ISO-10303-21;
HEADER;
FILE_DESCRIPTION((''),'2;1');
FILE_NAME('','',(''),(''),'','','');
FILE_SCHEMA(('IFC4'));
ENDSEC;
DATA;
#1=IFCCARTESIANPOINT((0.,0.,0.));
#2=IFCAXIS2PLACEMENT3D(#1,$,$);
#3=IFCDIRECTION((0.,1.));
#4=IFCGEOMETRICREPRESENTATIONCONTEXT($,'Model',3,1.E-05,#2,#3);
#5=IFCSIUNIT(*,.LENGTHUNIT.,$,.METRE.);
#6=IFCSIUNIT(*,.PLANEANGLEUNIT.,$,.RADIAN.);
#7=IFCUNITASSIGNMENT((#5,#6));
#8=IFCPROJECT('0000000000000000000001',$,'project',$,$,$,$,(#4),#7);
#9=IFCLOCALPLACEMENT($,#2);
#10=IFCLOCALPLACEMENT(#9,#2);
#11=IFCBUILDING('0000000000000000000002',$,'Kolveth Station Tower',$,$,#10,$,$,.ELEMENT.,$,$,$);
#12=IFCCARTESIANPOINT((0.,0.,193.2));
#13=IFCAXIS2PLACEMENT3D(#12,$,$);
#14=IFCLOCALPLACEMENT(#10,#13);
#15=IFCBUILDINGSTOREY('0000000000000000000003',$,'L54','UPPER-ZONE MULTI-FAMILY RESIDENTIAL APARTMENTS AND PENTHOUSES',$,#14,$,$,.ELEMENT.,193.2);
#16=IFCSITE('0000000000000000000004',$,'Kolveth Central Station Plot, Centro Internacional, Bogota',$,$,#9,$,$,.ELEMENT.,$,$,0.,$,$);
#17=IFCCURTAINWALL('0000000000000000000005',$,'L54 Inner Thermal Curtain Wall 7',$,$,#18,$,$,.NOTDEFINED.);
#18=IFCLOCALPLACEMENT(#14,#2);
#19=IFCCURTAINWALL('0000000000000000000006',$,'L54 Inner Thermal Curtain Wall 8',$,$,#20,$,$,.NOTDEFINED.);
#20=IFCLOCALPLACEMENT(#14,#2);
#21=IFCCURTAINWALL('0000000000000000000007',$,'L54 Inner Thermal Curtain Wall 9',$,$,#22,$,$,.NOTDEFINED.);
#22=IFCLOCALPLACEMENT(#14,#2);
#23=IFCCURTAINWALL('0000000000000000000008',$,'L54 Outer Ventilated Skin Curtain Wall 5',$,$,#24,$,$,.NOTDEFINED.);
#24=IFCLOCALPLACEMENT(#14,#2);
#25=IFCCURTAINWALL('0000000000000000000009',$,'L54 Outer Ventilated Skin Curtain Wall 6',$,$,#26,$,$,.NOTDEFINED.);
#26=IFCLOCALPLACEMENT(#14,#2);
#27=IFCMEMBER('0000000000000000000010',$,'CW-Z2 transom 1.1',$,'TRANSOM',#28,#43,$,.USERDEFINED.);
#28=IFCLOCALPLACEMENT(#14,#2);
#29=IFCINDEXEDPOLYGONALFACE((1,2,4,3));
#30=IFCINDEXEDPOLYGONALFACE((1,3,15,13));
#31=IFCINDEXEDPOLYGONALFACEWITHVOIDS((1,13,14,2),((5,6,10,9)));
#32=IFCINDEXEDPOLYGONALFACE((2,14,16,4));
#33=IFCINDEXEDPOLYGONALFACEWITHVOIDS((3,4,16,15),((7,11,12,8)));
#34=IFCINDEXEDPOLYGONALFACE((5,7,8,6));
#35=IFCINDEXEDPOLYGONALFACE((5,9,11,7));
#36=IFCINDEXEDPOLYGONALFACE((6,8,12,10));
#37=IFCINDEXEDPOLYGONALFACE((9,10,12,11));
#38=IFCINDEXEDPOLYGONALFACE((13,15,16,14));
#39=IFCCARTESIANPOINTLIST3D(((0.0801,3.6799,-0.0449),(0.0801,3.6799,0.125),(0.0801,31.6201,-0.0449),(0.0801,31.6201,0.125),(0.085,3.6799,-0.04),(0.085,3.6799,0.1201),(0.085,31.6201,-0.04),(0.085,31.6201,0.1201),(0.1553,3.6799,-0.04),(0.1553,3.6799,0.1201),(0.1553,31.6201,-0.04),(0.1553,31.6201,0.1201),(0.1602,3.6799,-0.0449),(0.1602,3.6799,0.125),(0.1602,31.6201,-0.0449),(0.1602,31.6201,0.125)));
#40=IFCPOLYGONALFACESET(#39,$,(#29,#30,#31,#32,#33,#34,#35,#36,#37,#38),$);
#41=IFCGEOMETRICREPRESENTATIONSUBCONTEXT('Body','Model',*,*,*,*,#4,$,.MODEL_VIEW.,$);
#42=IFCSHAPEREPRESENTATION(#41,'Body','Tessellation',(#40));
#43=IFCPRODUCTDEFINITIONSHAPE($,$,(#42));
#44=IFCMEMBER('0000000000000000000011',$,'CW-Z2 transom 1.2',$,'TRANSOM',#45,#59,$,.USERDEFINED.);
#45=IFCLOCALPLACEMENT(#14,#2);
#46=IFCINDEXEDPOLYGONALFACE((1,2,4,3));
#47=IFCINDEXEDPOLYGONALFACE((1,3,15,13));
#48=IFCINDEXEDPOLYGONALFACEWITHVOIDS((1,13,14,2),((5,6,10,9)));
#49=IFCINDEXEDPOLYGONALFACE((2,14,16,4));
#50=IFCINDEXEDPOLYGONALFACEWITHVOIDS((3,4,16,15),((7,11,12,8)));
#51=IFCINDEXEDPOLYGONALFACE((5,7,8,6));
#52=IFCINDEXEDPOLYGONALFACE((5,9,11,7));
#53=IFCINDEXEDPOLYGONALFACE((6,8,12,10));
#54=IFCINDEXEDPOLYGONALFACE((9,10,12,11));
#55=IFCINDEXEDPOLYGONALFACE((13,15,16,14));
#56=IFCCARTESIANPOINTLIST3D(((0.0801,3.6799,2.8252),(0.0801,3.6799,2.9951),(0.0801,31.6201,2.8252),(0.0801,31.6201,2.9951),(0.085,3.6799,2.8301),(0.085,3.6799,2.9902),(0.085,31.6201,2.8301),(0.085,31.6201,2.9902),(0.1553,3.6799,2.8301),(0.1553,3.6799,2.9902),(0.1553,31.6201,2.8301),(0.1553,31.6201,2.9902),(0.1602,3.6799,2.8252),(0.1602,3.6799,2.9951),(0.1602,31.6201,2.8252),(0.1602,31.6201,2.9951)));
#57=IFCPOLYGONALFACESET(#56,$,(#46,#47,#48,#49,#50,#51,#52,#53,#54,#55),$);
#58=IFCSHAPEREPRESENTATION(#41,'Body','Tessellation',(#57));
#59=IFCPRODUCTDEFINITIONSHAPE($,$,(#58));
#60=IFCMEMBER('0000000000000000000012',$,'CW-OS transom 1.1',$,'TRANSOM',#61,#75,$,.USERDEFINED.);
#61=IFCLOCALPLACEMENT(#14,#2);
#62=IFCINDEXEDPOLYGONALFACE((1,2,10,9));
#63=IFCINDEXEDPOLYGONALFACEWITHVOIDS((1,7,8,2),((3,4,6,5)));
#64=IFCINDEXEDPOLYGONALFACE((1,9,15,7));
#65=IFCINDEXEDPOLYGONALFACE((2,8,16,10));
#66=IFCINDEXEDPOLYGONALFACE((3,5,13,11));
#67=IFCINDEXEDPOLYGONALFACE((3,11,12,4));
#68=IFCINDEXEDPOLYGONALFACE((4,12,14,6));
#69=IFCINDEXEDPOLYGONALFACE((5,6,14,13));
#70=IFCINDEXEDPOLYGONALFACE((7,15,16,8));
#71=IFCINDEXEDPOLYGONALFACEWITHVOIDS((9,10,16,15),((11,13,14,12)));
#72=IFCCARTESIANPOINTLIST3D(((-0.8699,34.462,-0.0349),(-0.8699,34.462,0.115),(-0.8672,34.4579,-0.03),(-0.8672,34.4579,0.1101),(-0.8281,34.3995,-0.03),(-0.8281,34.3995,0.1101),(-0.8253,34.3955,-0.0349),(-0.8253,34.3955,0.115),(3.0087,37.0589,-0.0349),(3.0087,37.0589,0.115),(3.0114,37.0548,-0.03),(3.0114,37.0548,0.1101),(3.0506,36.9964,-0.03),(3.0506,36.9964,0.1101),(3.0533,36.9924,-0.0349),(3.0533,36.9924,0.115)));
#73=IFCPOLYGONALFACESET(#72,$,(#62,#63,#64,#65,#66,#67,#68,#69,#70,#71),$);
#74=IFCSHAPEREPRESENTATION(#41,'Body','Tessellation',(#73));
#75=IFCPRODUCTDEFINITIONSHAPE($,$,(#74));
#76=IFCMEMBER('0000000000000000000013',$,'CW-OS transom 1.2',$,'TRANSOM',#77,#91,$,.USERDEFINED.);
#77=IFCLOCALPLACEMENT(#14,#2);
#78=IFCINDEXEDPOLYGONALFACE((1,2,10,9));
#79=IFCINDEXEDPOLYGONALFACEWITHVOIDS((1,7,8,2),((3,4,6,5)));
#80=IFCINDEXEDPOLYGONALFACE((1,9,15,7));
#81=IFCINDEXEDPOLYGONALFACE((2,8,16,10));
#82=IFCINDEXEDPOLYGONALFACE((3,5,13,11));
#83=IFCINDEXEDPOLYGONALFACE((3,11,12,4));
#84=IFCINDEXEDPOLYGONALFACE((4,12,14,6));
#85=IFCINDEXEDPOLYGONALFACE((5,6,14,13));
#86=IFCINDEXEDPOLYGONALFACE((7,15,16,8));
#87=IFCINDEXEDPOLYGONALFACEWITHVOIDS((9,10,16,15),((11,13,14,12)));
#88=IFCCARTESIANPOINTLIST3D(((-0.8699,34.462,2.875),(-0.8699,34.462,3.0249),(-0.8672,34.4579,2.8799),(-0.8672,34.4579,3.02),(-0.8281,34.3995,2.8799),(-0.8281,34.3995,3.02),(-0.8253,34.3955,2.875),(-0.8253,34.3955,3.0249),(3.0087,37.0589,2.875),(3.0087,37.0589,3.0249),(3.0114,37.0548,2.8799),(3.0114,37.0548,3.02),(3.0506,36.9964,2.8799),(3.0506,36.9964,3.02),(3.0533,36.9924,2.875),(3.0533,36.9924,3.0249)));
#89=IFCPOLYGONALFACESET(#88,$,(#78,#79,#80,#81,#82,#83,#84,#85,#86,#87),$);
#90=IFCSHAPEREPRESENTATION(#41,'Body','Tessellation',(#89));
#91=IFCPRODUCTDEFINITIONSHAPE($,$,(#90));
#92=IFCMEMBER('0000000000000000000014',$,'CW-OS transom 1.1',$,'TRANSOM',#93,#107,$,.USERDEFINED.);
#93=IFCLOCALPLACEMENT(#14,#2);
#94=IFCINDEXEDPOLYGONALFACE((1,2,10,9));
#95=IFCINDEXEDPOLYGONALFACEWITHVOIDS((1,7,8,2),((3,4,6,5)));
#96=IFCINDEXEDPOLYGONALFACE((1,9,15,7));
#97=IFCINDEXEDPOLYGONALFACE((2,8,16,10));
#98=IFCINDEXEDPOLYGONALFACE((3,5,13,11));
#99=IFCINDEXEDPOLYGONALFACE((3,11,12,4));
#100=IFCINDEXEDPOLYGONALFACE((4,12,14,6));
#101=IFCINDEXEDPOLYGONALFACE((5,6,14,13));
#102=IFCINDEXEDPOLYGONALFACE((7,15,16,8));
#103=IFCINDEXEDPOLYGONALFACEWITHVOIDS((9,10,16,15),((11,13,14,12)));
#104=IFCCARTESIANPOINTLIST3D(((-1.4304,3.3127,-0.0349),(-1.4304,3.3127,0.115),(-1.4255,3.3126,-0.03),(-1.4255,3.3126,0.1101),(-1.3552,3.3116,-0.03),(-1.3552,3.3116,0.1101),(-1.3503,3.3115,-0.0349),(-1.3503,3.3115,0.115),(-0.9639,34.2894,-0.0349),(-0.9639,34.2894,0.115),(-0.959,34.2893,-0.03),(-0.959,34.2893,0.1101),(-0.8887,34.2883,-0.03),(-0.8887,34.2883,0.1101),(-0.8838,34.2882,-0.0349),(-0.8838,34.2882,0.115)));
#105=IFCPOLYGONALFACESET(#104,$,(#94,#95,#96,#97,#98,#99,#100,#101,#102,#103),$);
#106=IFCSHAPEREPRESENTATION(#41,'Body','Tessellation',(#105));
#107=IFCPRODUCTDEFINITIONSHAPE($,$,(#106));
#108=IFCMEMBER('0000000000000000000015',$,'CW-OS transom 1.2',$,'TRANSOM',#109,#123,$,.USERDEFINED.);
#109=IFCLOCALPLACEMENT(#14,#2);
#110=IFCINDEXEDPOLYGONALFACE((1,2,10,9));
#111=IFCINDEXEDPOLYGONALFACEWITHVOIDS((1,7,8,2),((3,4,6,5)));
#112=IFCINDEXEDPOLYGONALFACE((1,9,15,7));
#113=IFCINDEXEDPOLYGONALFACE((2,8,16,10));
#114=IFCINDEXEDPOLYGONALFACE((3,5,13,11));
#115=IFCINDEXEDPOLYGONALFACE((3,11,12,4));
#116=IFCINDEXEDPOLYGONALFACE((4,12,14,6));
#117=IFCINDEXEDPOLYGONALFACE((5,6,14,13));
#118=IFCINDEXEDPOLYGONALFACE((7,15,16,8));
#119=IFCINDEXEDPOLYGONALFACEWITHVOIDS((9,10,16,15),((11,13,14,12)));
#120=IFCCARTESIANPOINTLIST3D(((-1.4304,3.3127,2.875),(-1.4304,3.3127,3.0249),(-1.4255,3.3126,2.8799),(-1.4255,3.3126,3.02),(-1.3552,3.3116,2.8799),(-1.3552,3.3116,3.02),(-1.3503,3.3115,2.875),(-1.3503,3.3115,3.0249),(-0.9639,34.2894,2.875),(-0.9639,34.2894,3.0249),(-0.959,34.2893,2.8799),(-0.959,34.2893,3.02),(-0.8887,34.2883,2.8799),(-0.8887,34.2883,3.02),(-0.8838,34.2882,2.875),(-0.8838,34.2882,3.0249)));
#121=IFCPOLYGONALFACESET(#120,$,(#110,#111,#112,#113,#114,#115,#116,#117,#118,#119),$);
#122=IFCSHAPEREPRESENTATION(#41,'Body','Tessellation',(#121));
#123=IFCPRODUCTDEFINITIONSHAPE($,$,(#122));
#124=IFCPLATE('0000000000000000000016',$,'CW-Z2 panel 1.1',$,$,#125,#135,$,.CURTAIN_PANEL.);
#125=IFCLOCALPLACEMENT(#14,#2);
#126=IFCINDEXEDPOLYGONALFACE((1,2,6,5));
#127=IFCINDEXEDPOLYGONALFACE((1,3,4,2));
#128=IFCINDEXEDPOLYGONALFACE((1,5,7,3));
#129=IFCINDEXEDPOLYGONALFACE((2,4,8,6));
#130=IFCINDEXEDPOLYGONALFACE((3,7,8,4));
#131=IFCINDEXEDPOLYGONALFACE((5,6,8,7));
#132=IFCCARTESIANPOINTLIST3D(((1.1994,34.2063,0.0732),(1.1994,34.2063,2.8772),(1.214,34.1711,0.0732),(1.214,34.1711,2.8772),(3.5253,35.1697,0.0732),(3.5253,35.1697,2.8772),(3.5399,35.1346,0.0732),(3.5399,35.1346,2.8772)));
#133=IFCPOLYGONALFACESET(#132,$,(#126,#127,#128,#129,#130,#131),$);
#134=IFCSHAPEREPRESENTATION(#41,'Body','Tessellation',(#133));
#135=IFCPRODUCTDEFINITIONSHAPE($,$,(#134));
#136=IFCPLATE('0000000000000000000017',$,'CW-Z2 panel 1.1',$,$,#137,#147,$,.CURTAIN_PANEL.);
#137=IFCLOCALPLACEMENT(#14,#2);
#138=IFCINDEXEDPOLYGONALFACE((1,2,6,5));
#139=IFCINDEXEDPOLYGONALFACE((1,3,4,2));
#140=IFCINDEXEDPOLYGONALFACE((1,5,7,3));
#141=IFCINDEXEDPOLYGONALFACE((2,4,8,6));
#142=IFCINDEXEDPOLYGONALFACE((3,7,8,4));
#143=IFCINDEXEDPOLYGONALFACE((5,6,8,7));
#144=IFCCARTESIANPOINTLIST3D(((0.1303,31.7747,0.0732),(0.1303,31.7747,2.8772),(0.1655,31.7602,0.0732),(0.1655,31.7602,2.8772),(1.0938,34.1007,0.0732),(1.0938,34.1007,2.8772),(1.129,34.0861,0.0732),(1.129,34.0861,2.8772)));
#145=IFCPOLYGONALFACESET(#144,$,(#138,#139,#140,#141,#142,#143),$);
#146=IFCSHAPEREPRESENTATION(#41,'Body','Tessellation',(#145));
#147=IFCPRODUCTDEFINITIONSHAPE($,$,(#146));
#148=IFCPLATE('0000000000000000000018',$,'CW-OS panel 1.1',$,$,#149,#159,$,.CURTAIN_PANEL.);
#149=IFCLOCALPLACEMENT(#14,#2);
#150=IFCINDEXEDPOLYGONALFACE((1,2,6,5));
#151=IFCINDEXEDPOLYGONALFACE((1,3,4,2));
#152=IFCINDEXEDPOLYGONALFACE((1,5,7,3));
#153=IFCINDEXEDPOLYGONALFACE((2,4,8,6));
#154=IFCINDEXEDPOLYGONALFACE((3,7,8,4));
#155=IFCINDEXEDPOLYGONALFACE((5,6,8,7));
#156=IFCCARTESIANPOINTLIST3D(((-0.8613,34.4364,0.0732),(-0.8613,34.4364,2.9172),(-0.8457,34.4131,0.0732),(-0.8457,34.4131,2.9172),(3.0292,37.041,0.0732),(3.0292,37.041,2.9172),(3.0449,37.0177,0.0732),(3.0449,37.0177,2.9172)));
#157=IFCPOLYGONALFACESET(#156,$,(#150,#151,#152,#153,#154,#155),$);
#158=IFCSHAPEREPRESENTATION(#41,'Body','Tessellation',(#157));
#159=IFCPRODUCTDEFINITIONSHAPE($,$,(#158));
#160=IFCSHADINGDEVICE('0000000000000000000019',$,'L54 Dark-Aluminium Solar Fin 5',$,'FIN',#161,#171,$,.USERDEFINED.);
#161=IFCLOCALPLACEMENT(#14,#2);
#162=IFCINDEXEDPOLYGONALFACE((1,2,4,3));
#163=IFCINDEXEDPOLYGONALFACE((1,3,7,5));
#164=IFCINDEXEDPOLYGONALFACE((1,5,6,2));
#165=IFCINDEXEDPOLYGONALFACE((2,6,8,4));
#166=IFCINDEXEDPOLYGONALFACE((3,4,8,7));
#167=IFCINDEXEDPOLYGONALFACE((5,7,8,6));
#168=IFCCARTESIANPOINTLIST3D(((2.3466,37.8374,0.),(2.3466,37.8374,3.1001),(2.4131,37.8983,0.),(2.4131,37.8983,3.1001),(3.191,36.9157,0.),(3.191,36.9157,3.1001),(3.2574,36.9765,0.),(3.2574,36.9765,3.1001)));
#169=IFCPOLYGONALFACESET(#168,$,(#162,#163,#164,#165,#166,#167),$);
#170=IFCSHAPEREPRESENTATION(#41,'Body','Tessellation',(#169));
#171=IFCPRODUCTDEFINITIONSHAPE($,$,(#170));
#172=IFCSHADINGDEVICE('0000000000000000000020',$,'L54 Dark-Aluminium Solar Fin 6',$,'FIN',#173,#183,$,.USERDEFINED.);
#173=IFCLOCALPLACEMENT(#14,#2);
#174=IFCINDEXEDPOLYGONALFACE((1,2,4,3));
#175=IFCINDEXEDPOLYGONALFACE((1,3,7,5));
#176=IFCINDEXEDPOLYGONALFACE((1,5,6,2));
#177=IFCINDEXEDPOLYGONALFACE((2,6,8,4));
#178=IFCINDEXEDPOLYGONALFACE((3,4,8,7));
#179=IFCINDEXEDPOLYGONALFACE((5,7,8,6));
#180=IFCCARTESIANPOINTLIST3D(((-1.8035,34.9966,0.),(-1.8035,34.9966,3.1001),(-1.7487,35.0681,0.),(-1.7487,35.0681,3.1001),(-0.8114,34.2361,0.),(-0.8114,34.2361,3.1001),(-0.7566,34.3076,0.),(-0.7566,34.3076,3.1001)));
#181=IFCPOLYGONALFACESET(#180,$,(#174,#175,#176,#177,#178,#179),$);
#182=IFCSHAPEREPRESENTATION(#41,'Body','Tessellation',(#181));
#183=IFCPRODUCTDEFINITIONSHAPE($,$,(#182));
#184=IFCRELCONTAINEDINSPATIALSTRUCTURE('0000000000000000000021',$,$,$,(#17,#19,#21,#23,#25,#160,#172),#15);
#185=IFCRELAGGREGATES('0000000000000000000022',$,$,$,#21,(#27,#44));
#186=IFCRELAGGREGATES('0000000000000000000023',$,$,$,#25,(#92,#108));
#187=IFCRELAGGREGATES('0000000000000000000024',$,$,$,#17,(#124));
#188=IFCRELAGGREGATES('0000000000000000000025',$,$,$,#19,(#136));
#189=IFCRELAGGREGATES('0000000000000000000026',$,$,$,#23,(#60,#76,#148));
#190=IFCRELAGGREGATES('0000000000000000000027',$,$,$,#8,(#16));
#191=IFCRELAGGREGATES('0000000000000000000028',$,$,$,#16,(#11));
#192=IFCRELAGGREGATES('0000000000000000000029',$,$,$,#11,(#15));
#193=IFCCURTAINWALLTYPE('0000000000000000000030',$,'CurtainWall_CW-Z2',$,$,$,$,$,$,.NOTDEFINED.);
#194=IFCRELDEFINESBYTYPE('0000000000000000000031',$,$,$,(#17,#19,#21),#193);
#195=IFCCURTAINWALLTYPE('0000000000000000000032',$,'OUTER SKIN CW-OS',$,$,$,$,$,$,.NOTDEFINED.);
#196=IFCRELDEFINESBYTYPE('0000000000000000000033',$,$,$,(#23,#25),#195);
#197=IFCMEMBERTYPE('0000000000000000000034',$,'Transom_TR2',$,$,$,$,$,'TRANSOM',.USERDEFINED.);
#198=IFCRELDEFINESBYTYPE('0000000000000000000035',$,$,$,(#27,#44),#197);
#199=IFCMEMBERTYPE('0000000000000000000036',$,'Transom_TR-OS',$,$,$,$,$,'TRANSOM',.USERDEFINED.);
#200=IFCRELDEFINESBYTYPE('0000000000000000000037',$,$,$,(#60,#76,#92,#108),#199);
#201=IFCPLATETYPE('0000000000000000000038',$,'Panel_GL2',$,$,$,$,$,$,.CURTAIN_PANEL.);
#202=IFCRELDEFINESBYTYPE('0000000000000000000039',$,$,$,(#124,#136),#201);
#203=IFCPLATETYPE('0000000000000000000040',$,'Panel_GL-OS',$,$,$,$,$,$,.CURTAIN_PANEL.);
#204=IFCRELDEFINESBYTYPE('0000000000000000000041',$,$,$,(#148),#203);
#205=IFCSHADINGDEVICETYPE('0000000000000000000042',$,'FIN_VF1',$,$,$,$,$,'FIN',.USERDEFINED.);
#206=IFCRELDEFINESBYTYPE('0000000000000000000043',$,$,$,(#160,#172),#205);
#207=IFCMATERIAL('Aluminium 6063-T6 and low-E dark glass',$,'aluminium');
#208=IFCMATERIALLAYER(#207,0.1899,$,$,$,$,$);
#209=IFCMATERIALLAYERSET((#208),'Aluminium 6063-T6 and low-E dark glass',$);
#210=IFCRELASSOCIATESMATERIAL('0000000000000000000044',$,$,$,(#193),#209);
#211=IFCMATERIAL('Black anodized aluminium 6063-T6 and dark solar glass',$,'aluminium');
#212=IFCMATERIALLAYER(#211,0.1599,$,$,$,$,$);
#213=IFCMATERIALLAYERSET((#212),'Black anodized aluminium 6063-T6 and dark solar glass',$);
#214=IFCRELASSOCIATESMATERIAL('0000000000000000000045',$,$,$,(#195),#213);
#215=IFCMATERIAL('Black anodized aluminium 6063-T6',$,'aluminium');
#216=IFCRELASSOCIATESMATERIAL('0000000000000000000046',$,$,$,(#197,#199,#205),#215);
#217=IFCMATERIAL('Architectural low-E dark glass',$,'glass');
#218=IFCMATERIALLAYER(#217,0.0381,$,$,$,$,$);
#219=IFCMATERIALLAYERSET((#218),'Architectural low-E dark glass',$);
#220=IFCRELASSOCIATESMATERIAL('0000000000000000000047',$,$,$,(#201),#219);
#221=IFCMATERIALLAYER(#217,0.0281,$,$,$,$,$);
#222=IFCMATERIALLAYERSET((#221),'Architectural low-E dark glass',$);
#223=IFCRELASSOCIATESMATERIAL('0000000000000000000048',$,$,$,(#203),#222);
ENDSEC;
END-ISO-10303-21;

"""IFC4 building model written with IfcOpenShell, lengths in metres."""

from ifc_helpers import new_model, si_unit, direction, frame, origin, origin_2d, place, context, subcontext, project, spatial, rectangle, hollow_rectangle, extrude, source, transform, mapped, material, layer, layer_set, material_profile, profile_set, type_object, element, aggregate, save


model = new_model("IFC4")

# Units and contexts
model_context = context("Model", 3, precision=1e-05, world=origin(), true_north=direction((0.0, 1.0)))
body_context = subcontext(model_context, "Body", "Model", "MODEL_VIEW")
ifc_project = project(units=[si_unit("LENGTHUNIT", "METRE"), si_unit("PLANEANGLEUNIT", "RADIAN")], contexts=[model_context])

# Site, building, storey
site_placement = place(None, origin())
site = spatial("IfcSite", under=ifc_project, at=site_placement, Name="Kolveth Central Station Plot, Centro Internacional, Bogota", CompositionType="ELEMENT", RefElevation=0.0)
building_placement = place(site_placement, origin())
building = spatial("IfcBuilding", under=site, at=building_placement, Name="Kolveth Station Tower", CompositionType="ELEMENT")
storey_placement = place(building_placement, frame((0.0, 0.0, 193.2)))
storey = spatial("IfcBuildingStorey", under=building, at=storey_placement, Name="L54", Description="UPPER-ZONE MULTI-FAMILY RESIDENTIAL APARTMENTS AND PENTHOUSES", CompositionType="ELEMENT", Elevation=193.2)

# Curtain wall
ifc_material_1 = material(Name="Aluminium 6063-T6 and low-E dark glass", Category="aluminium")
ifc_layer_1 = layer(ifc_material_1, 0.1899)
ifc_layer_set_1 = layer_set([ifc_layer_1], Name="Aluminium 6063-T6 and low-E dark glass")
curtain_wall_type_1 = type_object("IfcCurtainWallType", Name="CurtainWall_CW-Z2", PredefinedType="NOTDEFINED", material=ifc_layer_set_1)
curtain_wall_1_placement = place(storey_placement, origin())
curtain_wall_1 = element("IfcCurtainWall", 1, at=curtain_wall_1_placement, inside=storey, type_object=curtain_wall_type_1, Name="L54 Inner Thermal Curtain Wall 7", PredefinedType="NOTDEFINED")
ifc_material_2 = material(Name="Black anodized aluminium 6063-T6", Category="aluminium")

# Curtain wall
curtain_wall_2_placement = place(storey_placement, origin())
curtain_wall_2 = element("IfcCurtainWall", 2, at=curtain_wall_2_placement, inside=storey, type_object=curtain_wall_type_1, Name="L54 Inner Thermal Curtain Wall 8", PredefinedType="NOTDEFINED")

# Curtain wall
curtain_wall_3_placement = place(storey_placement, origin())
curtain_wall_3 = element("IfcCurtainWall", 3, at=curtain_wall_3_placement, inside=storey, type_object=curtain_wall_type_1, Name="L54 Inner Thermal Curtain Wall 9", PredefinedType="NOTDEFINED")
ifc_material_3 = material(Name="Black anodized aluminium 6063-T6 and dark solar glass", Category="aluminium")
ifc_layer_2 = layer(ifc_material_3, 0.1599)
ifc_layer_set_2 = layer_set([ifc_layer_2], Name="Black anodized aluminium 6063-T6 and dark solar glass")
curtain_wall_type_2 = type_object("IfcCurtainWallType", Name="OUTER SKIN CW-OS", PredefinedType="NOTDEFINED", material=ifc_layer_set_2)

# Curtain wall
curtain_wall_4_placement = place(storey_placement, origin())
curtain_wall_4 = element("IfcCurtainWall", 4, at=curtain_wall_4_placement, inside=storey, type_object=curtain_wall_type_2, Name="L54 Outer Ventilated Skin Curtain Wall 5", PredefinedType="NOTDEFINED")

# Curtain wall
curtain_wall_5_placement = place(storey_placement, origin())
curtain_wall_5 = element("IfcCurtainWall", 5, at=curtain_wall_5_placement, inside=storey, type_object=curtain_wall_type_2, Name="L54 Outer Ventilated Skin Curtain Wall 6", PredefinedType="NOTDEFINED")

# Members
ifc_material_profile_1 = material_profile(ifc_material_2, hollow_rectangle(XDim=0.0801, YDim=0.1699, WallThickness=0.0049, at=origin_2d()), Name="ALU-80x170x5")
ifc_profile_set_1 = profile_set([ifc_material_profile_1], Name="Black anodized aluminium 6063-T6")
member_type_1 = type_object("IfcMemberType", Name="Transom_TR2", ElementType="TRANSOM", PredefinedType="USERDEFINED", material=ifc_profile_set_1)
shared_shape_1 = source(origin(), body_context, "Body", "SweptSolid", [
    extrude(hollow_rectangle(XDim=0.0801, YDim=0.1699, WallThickness=0.0049, at=origin_2d()), origin(), (0.0, 0.0, 1.0), 27.9402),
])
member_1_placement = place(storey_placement, frame((0.1201, 31.6201, 0.04), z_axis=(0.0, -1.0, 0.0), x_axis=(1.0, 0.0, 0.0)))
member_1 = element("IfcMember", 6, at=member_1_placement, type_object=member_type_1, Name="CW-Z2 transom 1.1", ObjectType="TRANSOM", PredefinedType="USERDEFINED", context=body_context, shape_type="MappedRepresentation", body=[
    mapped(shared_shape_1, transform((0.0, 0.0, 0.0), x_axis=(1.0, 0.0, 0.0), y_axis=(0.0, 1.0, 0.0), z_axis=(0.0, 0.0, 1.0), scale=1.0)),
])
member_2_placement = place(storey_placement, frame((0.1201, 31.6201, 2.9102), z_axis=(0.0, -1.0, 0.0), x_axis=(1.0, 0.0, 0.0)))
member_2 = element("IfcMember", 7, at=member_2_placement, type_object=member_type_1, Name="CW-Z2 transom 1.2", ObjectType="TRANSOM", PredefinedType="USERDEFINED", context=body_context, shape_type="MappedRepresentation", body=[
    mapped(shared_shape_1, transform((0.0, 0.0, 0.0), x_axis=(1.0, 0.0, 0.0), y_axis=(0.0, 1.0, 0.0), z_axis=(0.0, 0.0, 1.0), scale=1.0)),
])
aggregate(curtain_wall_3, [member_1, member_2])
ifc_material_profile_2 = material_profile(ifc_material_2, hollow_rectangle(XDim=0.0801, YDim=0.1499, WallThickness=0.0049, at=origin_2d()), Name="ALU-80x150x5")
ifc_profile_set_2 = profile_set([ifc_material_profile_2], Name="Black anodized aluminium 6063-T6")
member_type_2 = type_object("IfcMemberType", Name="Transom_TR-OS", ElementType="TRANSOM", PredefinedType="USERDEFINED", material=ifc_profile_set_2)
shared_shape_2 = source(origin(), body_context, "Body", "SweptSolid", [
    extrude(hollow_rectangle(XDim=0.0801, YDim=0.1499, WallThickness=0.0049, at=origin_2d()), origin(), (0.0, 0.0, 1.0), 4.6677),
])
member_3_placement = place(storey_placement, frame((3.031, 37.0256, 0.04), z_axis=(-0.830946, -0.556353, 0.0), x_axis=(0.556353, -0.830946, 0.0)))
member_3 = element("IfcMember", 8, at=member_3_placement, type_object=member_type_2, Name="CW-OS transom 1.1", ObjectType="TRANSOM", PredefinedType="USERDEFINED", context=body_context, shape_type="MappedRepresentation", body=[
    mapped(shared_shape_2, transform((0.0, 0.0, 0.0), x_axis=(1.0, 0.0, 0.0), y_axis=(0.0, 1.0, 0.0), z_axis=(0.0, 0.0, 1.0), scale=1.0)),
])
member_4_placement = place(storey_placement, frame((3.031, 37.0256, 2.95), z_axis=(-0.830946, -0.556353, 0.0), x_axis=(0.556353, -0.830946, 0.0)))
member_4 = element("IfcMember", 9, at=member_4_placement, type_object=member_type_2, Name="CW-OS transom 1.2", ObjectType="TRANSOM", PredefinedType="USERDEFINED", context=body_context, shape_type="MappedRepresentation", body=[
    mapped(shared_shape_2, transform((0.0, 0.0, 0.0), x_axis=(1.0, 0.0, 0.0), y_axis=(0.0, 1.0, 0.0), z_axis=(0.0, 0.0, 1.0), scale=1.0)),
])
shared_shape_3 = source(origin(), body_context, "Body", "SweptSolid", [
    extrude(hollow_rectangle(XDim=0.0801, YDim=0.1499, WallThickness=0.0049, at=origin_2d()), origin(), (0.0, 0.0, 1.0), 30.9802),
])
member_5_placement = place(storey_placement, frame((-0.9238, 34.2888, 0.04), z_axis=(-0.01506, -0.999887, 0.0), x_axis=(0.999887, -0.01506, 0.0)))
member_5 = element("IfcMember", 10, at=member_5_placement, type_object=member_type_2, Name="CW-OS transom 1.1", ObjectType="TRANSOM", PredefinedType="USERDEFINED", context=body_context, shape_type="MappedRepresentation", body=[
    mapped(shared_shape_3, transform((0.0, 0.0, 0.0), x_axis=(1.0, 0.0, 0.0), y_axis=(0.0, 1.0, 0.0), z_axis=(0.0, 0.0, 1.0), scale=1.0)),
])
member_6_placement = place(storey_placement, frame((-0.9238, 34.2888, 2.95), z_axis=(-0.01506, -0.999887, 0.0), x_axis=(0.999887, -0.01506, 0.0)))
member_6 = element("IfcMember", 11, at=member_6_placement, type_object=member_type_2, Name="CW-OS transom 1.2", ObjectType="TRANSOM", PredefinedType="USERDEFINED", context=body_context, shape_type="MappedRepresentation", body=[
    mapped(shared_shape_3, transform((0.0, 0.0, 0.0), x_axis=(1.0, 0.0, 0.0), y_axis=(0.0, 1.0, 0.0), z_axis=(0.0, 0.0, 1.0), scale=1.0)),
])
aggregate(curtain_wall_5, [member_5, member_6])

# Plates
ifc_material_4 = material(Name="Architectural low-E dark glass", Category="glass")
ifc_layer_3 = layer(ifc_material_4, 0.0381)
ifc_layer_set_3 = layer_set([ifc_layer_3], Name="Architectural low-E dark glass")
plate_type_1 = type_object("IfcPlateType", Name="Panel_GL2", PredefinedType="CURTAIN_PANEL", material=ifc_layer_set_3)
shared_shape_4 = source(origin(), body_context, "Body", "SweptSolid", [
    extrude(rectangle(XDim=2.5176, YDim=0.0381, at=origin_2d()), origin(), (0.0, 0.0, 1.0), 2.804),
])
plate_1_placement = place(storey_placement, frame((2.3696, 34.6704, 0.0732), z_axis=(0.0, 0.0, 1.0), x_axis=(-0.923874, -0.382698, 0.0)))
plate_1 = element("IfcPlate", 12, at=plate_1_placement, type_object=plate_type_1, Name="CW-Z2 panel 1.1", PredefinedType="CURTAIN_PANEL", context=body_context, shape_type="MappedRepresentation", body=[
    mapped(shared_shape_4, transform((0.0, 0.0, 0.0), x_axis=(1.0, 0.0, 0.0), y_axis=(0.0, 1.0, 0.0), z_axis=(0.0, 0.0, 1.0), scale=1.0)),
])
aggregate(curtain_wall_1, [plate_1])
plate_2_placement = place(storey_placement, frame((0.6296, 32.9304, 0.0732), z_axis=(0.0, 0.0, 1.0), x_axis=(-0.382698, -0.923874, 0.0)))
plate_2 = element("IfcPlate", 13, at=plate_2_placement, type_object=plate_type_1, Name="CW-Z2 panel 1.1", PredefinedType="CURTAIN_PANEL", context=body_context, shape_type="MappedRepresentation", body=[
    mapped(shared_shape_4, transform((0.0, 0.0, 0.0), x_axis=(1.0, 0.0, 0.0), y_axis=(0.0, 1.0, 0.0), z_axis=(0.0, 0.0, 1.0), scale=1.0)),
])
aggregate(curtain_wall_2, [plate_2])
ifc_layer_4 = layer(ifc_material_4, 0.0281)
ifc_layer_set_4 = layer_set([ifc_layer_4], Name="Architectural low-E dark glass")
plate_type_2 = type_object("IfcPlateType", Name="Panel_GL-OS", PredefinedType="CURTAIN_PANEL", material=ifc_layer_set_4)
shared_shape_5 = source(origin(), body_context, "Body", "SweptSolid", [
    extrude(rectangle(XDim=4.6819, YDim=0.0281, at=origin_2d()), origin(), (0.0, 0.0, 1.0), 2.844),
])
plate_3_placement = place(storey_placement, frame((1.0918, 35.7271, 0.0732), z_axis=(0.0, 0.0, 1.0), x_axis=(-0.830973, -0.556313, 0.0)))
plate_3 = element("IfcPlate", 14, at=plate_3_placement, type_object=plate_type_2, Name="CW-OS panel 1.1", PredefinedType="CURTAIN_PANEL", context=body_context, shape_type="MappedRepresentation", body=[
    mapped(shared_shape_5, transform((0.0, 0.0, 0.0), x_axis=(1.0, 0.0, 0.0), y_axis=(0.0, 1.0, 0.0), z_axis=(0.0, 0.0, 1.0), scale=1.0)),
])
aggregate(curtain_wall_4, [member_3, member_4, plate_3])

# Shading devices
shading_device_type = type_object("IfcShadingDeviceType", Name="FIN_VF1", ElementType="FIN", PredefinedType="USERDEFINED", material=ifc_material_2)
shared_shape_6 = source(origin(), body_context, "Body", "SweptSolid", [
    extrude(rectangle(XDim=1.25, YDim=0.0901, at=origin_2d()), origin(), (0.0, 0.0, 1.0), 3.1001),
])
for number, where, z_axis, x_axis, name in (
    (15, (2.802, 37.407, 0.0), (0.0, 0.0, 1.0), (-0.675462, 0.737395, 0.0), "L54 Dark-Aluminium Solar Fin 5"),
    (16, (-1.28, 34.6521, 0.0), (0.0, 0.0, 1.0), (-0.793672, 0.608346, 0.0), "L54 Dark-Aluminium Solar Fin 6"),
):
    element("IfcShadingDevice", number, at=place(storey_placement, frame(where, z_axis=z_axis, x_axis=x_axis)), inside=storey, type_object=shading_device_type, Name=name, ObjectType="FIN", PredefinedType="USERDEFINED", context=body_context, shape_type="MappedRepresentation", body=[
        mapped(shared_shape_6, transform((0.0, 0.0, 0.0), x_axis=(1.0, 0.0, 0.0), y_axis=(0.0, 1.0, 0.0), z_axis=(0.0, 0.0, 1.0), scale=1.0)),
    ])

save(model, "model.ifc")
